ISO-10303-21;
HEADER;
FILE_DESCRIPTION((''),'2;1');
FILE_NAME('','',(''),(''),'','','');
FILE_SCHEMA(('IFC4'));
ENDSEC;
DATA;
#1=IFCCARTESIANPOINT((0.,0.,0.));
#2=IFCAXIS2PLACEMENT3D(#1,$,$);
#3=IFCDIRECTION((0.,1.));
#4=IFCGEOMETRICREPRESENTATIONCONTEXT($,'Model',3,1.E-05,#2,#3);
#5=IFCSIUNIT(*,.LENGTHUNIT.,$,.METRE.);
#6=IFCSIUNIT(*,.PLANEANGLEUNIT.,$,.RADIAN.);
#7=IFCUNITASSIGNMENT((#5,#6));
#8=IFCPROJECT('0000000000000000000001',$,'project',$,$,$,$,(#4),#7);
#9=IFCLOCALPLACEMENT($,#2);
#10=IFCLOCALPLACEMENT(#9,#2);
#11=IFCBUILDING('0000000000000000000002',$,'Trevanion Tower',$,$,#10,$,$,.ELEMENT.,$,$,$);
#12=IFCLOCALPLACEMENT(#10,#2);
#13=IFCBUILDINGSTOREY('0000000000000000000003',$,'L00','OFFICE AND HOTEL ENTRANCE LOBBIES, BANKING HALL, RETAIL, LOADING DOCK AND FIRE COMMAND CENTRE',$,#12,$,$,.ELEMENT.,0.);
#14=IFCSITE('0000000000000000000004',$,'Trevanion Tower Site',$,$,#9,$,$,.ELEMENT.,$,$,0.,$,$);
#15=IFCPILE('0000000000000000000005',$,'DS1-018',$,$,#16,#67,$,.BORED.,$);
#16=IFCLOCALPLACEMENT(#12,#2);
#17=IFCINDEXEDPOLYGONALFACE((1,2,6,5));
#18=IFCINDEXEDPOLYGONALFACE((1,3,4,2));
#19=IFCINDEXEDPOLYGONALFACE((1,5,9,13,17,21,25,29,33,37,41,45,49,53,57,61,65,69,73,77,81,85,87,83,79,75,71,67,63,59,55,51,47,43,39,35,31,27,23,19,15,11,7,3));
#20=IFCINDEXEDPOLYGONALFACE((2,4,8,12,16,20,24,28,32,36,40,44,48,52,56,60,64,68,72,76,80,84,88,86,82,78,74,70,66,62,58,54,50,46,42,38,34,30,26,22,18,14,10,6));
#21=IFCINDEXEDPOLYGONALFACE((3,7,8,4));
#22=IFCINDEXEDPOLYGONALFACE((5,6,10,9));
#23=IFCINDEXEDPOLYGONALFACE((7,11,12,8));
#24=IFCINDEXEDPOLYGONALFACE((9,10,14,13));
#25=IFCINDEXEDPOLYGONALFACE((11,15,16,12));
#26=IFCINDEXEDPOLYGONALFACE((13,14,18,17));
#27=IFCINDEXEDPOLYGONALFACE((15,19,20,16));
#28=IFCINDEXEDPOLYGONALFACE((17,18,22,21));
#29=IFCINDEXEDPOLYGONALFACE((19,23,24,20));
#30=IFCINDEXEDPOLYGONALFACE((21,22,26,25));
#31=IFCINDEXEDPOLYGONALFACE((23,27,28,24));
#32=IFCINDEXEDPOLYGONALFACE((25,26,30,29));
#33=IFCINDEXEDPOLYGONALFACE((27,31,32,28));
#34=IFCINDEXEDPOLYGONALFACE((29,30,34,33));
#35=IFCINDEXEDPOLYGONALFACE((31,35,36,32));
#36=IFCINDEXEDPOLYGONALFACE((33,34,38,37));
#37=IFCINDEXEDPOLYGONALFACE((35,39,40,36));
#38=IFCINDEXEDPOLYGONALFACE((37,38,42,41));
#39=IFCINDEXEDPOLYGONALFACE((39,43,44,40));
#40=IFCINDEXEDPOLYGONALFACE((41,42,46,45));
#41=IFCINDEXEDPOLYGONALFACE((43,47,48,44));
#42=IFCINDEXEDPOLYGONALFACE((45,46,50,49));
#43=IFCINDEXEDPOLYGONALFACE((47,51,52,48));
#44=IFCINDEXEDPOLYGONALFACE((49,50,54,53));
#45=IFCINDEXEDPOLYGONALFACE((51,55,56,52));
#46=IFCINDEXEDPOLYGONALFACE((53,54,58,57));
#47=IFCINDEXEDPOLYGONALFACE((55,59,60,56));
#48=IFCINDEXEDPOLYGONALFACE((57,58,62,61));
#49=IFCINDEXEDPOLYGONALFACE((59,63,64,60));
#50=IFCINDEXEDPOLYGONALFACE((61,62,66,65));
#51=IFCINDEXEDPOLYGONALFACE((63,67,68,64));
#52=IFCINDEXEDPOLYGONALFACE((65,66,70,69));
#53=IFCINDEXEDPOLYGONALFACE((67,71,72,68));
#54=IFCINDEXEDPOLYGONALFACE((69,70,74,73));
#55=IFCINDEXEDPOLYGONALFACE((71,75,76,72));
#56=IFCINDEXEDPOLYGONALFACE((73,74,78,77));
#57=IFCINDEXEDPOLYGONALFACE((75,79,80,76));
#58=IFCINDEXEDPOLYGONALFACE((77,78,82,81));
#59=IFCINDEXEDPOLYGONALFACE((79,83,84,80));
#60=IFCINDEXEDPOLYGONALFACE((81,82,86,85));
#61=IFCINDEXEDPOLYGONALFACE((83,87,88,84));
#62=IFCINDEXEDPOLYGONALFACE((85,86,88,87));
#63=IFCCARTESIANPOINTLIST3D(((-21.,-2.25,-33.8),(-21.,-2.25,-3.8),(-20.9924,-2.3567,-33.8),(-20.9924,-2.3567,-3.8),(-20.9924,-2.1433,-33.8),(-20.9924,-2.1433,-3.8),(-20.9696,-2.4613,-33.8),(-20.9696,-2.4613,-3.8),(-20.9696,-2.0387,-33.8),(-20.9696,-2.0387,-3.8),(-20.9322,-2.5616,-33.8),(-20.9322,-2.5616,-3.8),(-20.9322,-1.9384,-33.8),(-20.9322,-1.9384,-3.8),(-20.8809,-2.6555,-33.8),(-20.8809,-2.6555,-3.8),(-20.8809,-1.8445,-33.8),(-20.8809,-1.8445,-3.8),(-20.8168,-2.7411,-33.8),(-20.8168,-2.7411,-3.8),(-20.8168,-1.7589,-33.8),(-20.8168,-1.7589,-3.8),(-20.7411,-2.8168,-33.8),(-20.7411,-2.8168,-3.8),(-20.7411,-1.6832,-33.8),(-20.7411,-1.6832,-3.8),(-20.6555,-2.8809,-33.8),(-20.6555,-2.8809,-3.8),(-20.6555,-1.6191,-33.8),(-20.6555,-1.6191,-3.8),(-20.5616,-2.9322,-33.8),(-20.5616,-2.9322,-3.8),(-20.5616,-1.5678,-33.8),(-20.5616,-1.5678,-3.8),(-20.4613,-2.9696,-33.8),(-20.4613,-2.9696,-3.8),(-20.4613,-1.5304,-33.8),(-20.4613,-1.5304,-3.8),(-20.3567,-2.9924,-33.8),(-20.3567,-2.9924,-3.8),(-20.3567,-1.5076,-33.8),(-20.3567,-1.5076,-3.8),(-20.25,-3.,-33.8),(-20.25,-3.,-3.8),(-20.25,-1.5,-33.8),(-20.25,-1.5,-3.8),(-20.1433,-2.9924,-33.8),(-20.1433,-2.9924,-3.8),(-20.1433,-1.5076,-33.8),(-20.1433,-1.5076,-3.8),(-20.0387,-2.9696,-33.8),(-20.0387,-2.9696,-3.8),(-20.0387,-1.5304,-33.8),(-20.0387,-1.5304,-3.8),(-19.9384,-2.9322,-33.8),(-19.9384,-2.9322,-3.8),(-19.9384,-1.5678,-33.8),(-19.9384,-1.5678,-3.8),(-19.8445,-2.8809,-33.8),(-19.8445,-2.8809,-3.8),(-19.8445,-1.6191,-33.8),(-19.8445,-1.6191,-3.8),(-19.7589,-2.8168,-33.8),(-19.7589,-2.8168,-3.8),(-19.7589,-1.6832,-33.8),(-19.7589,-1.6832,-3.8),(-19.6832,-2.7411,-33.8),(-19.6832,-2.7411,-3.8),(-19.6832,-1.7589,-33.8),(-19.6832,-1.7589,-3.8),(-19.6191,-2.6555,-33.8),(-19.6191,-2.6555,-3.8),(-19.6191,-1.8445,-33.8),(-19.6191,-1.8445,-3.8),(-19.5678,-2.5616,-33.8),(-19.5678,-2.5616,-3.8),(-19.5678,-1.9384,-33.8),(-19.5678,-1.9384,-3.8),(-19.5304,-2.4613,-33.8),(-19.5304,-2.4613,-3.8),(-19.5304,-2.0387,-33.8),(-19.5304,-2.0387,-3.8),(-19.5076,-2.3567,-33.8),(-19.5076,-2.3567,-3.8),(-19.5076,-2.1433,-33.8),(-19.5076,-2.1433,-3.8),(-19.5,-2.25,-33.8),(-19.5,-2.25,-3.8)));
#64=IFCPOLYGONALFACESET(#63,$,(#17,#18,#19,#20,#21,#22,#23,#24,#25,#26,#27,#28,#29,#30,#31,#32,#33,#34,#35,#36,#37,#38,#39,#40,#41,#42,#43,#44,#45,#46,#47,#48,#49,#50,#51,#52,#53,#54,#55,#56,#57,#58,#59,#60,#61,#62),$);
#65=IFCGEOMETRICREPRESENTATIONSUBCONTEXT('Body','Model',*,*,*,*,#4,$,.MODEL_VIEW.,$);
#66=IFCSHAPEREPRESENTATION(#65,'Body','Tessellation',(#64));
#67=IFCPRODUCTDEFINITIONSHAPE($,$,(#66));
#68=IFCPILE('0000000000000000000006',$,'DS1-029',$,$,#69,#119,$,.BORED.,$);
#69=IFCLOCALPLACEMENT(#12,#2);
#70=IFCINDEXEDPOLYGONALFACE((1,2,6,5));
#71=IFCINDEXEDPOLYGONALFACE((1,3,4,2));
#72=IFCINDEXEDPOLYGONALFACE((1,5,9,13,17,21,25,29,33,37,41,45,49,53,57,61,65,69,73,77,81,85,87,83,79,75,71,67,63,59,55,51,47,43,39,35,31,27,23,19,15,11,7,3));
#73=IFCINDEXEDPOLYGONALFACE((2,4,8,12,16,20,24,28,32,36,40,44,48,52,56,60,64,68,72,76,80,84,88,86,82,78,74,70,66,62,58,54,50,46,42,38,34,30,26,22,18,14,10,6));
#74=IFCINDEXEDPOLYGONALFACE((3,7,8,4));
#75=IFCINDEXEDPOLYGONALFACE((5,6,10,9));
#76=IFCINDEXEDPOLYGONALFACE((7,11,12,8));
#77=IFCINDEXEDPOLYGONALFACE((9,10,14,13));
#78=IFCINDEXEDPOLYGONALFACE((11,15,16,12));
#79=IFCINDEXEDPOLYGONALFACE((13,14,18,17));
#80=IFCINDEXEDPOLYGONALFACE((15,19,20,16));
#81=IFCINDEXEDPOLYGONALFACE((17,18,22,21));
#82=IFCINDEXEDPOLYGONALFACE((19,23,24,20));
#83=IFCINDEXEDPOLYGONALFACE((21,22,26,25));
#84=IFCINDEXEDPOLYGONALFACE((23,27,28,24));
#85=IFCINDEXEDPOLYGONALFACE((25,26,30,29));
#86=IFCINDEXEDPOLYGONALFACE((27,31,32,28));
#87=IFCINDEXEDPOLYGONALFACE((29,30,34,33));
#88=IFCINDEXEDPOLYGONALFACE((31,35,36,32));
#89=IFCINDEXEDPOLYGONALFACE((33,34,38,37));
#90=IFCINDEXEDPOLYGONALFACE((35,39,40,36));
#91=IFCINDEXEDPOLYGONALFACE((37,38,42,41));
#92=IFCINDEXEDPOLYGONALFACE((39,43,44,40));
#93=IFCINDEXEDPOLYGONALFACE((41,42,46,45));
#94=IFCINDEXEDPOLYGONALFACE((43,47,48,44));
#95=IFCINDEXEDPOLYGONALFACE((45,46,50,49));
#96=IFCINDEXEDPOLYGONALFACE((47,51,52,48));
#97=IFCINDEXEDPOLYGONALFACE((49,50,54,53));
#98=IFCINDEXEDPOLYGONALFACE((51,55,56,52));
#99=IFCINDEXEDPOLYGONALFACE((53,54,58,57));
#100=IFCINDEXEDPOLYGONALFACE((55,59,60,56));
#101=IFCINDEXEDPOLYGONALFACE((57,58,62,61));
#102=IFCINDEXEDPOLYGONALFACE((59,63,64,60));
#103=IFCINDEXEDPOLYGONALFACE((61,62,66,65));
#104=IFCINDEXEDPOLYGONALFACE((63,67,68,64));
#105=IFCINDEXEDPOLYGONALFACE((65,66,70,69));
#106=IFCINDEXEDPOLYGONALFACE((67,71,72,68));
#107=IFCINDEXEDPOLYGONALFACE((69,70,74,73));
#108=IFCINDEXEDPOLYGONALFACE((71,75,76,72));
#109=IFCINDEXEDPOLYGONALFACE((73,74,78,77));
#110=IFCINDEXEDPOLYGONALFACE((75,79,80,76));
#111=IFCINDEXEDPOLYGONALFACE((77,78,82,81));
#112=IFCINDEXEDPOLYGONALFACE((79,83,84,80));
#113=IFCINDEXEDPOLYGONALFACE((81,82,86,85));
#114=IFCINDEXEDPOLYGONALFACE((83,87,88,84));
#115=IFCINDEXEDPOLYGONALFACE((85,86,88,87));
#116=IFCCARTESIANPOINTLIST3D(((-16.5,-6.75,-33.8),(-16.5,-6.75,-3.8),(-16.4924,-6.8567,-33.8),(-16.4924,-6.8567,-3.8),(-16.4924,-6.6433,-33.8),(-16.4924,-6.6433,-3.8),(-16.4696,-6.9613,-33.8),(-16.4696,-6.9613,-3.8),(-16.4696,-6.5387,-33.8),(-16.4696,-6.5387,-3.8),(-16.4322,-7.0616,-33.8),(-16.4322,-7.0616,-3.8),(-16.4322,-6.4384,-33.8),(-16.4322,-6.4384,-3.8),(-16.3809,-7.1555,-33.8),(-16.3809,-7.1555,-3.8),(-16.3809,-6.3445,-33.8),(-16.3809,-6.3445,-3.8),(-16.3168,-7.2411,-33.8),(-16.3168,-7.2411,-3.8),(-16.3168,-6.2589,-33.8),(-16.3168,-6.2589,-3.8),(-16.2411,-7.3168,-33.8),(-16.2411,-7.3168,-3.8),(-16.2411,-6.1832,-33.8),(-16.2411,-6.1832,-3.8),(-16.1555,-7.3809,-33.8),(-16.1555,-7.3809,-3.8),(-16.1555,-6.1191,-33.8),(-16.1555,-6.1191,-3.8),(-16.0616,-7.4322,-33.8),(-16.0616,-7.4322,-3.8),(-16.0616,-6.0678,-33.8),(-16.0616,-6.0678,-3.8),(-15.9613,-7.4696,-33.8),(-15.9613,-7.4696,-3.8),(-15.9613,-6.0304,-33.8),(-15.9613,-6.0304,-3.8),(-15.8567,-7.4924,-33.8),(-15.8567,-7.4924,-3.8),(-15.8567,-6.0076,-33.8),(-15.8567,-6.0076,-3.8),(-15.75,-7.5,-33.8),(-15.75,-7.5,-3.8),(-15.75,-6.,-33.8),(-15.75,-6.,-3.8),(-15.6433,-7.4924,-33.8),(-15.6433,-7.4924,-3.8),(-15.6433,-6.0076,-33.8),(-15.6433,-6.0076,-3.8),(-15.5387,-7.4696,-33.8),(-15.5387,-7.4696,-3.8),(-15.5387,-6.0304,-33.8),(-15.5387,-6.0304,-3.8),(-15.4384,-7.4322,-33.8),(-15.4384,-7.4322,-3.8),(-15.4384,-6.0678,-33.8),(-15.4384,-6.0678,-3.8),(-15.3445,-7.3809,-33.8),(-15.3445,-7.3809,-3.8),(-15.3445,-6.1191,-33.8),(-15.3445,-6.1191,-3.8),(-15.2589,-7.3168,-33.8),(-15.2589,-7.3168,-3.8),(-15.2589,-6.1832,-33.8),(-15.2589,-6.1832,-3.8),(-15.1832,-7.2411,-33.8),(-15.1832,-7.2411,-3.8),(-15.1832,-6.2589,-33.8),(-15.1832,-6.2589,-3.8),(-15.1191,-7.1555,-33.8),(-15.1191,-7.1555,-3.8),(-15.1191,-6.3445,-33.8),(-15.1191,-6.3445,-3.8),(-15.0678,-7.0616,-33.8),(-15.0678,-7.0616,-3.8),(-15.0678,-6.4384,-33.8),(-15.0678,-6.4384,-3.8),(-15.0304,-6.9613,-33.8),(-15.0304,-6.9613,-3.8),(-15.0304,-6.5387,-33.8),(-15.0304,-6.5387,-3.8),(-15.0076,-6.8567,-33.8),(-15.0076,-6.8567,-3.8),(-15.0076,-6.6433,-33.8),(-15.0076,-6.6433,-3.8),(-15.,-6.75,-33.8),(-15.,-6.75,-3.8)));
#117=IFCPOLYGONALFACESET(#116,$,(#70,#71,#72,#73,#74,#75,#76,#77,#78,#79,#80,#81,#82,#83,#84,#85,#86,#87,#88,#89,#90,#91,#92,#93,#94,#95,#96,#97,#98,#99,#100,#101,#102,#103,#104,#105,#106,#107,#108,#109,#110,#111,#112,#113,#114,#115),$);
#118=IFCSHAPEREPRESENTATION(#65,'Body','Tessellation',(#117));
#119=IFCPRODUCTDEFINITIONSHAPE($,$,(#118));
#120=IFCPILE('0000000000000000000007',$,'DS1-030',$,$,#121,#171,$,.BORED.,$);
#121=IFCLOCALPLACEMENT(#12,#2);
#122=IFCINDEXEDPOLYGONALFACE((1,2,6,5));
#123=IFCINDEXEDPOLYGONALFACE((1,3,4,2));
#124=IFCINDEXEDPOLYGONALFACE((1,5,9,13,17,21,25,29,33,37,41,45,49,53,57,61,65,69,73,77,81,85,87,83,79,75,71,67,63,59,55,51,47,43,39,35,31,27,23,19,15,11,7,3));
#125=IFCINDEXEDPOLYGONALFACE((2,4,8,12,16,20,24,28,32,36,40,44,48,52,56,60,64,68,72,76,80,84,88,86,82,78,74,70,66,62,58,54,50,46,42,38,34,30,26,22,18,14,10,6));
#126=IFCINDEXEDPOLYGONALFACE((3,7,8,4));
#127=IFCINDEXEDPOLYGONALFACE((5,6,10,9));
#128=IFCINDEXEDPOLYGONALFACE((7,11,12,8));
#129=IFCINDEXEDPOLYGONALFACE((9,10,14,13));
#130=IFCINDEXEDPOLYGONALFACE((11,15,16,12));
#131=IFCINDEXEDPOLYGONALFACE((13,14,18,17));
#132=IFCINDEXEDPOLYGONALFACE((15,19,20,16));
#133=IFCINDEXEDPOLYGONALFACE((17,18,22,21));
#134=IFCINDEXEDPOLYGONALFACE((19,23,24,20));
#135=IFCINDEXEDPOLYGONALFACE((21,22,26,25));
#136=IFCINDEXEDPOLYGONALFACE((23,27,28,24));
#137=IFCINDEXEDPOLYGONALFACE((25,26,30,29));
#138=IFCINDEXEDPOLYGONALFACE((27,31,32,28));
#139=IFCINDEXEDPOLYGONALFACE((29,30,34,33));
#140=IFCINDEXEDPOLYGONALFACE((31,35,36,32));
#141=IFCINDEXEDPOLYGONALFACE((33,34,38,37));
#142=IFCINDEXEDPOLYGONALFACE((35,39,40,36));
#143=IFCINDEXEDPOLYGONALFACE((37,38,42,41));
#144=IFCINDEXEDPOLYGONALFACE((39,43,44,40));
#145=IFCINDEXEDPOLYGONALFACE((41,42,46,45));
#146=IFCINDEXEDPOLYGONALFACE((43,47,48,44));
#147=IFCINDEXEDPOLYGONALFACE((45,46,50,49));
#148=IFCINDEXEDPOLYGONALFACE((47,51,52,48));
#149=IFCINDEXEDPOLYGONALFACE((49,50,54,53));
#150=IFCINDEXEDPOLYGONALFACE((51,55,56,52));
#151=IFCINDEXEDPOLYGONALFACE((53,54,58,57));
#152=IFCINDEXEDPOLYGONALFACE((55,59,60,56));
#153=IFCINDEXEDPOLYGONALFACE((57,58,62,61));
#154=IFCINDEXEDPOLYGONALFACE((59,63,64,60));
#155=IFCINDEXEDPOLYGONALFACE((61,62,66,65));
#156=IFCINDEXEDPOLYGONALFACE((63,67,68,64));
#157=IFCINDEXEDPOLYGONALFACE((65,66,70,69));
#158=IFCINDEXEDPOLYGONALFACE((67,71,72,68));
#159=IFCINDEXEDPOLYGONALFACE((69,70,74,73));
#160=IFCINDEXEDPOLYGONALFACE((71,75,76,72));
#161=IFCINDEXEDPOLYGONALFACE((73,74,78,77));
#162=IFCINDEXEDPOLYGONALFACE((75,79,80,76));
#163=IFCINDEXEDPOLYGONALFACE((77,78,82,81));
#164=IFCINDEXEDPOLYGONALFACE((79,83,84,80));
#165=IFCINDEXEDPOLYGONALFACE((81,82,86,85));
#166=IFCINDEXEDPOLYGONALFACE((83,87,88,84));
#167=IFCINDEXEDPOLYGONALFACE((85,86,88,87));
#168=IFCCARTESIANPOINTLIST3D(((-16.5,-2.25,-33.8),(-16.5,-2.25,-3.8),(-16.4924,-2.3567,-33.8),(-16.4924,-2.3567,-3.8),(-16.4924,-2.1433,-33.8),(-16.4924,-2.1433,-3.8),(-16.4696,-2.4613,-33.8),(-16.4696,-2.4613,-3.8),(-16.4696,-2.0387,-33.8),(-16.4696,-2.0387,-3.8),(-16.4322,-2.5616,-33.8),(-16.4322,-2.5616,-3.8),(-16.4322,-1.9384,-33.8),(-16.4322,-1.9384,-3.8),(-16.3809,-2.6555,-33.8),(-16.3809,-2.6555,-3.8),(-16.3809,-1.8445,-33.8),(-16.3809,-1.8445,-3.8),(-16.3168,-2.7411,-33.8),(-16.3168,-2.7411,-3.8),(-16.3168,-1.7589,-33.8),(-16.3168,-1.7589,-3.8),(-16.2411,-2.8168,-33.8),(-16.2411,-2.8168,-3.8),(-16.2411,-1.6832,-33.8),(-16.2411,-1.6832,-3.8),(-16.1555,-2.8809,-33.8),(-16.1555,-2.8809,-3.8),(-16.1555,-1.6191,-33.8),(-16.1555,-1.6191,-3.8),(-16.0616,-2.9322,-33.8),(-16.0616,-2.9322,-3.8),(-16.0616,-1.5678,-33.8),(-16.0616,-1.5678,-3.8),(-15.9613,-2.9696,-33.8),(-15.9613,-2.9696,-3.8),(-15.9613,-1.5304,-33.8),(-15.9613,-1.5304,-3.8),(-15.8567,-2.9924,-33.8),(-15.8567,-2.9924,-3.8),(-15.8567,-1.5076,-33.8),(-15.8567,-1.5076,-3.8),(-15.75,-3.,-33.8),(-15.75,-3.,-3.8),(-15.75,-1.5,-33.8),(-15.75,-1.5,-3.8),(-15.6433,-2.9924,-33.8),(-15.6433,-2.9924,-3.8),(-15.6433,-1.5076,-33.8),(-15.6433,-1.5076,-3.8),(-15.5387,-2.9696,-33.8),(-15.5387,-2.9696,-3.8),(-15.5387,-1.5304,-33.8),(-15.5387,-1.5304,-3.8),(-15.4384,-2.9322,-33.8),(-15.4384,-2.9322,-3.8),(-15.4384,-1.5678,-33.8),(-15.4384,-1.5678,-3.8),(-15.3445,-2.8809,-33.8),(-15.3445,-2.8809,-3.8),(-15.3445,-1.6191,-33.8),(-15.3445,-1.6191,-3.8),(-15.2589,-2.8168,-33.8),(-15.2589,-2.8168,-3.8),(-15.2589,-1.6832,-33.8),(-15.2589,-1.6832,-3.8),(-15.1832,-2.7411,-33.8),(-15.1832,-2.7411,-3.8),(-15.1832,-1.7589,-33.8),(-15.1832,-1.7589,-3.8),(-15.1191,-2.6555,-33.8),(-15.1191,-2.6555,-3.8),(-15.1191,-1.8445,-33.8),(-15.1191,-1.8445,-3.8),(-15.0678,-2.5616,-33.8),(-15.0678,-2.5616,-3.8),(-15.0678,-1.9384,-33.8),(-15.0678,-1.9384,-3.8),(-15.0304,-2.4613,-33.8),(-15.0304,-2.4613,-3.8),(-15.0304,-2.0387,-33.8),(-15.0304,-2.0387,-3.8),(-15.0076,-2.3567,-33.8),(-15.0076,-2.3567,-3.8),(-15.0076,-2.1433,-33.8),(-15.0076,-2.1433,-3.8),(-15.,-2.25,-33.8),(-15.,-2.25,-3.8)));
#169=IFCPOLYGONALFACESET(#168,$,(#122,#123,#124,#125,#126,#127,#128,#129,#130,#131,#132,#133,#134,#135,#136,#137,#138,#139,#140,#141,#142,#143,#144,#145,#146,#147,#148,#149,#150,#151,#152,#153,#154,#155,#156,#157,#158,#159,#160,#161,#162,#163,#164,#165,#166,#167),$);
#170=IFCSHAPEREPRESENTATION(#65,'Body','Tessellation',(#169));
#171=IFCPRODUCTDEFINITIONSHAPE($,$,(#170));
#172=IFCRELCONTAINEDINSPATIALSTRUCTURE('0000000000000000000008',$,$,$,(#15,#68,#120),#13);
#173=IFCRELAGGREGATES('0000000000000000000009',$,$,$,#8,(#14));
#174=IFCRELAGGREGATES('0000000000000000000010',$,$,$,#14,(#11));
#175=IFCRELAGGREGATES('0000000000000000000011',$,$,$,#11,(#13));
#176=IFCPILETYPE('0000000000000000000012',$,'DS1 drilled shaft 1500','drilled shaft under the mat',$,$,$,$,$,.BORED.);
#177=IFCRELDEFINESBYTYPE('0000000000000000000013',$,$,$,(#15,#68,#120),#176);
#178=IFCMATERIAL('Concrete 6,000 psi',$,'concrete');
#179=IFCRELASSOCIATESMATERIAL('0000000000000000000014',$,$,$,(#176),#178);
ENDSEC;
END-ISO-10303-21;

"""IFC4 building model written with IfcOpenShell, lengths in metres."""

from ifc_helpers import new_model, si_unit, direction, frame, origin, origin_2d, place, context, subcontext, project, spatial, circle, extrude, material, material_profile, profile_set, type_object, element, save


model = new_model("IFC4")

# Units and contexts
model_context = context("Model", 3, precision=1e-05, world=origin(), true_north=direction((0.0, 1.0)))
body_context = subcontext(model_context, "Body", "Model", "MODEL_VIEW")
ifc_project = project(units=[si_unit("LENGTHUNIT", "METRE"), si_unit("PLANEANGLEUNIT", "RADIAN")], contexts=[model_context])

# Site, building, storey
site_placement = place(None, origin())
site = spatial("IfcSite", under=ifc_project, at=site_placement, Name="Trevanion Tower Site", CompositionType="ELEMENT", RefElevation=0.0)
building_placement = place(site_placement, origin())
building = spatial("IfcBuilding", under=site, at=building_placement, Name="Trevanion Tower", CompositionType="ELEMENT")
storey_placement = place(building_placement, origin())
storey = spatial("IfcBuildingStorey", under=building, at=storey_placement, Name="L00", Description="OFFICE AND HOTEL ENTRANCE LOBBIES, BANKING HALL, RETAIL, LOADING DOCK AND FIRE COMMAND CENTRE", CompositionType="ELEMENT", Elevation=0.0)

# Piles
ifc_material_1 = material(Name="Concrete 6,000 psi", Category="concrete")
ifc_material_profile = material_profile(ifc_material_1, circle(Radius=0.75, at=origin_2d()), Name="DS1 drilled shaft 1500")
ifc_profile_set = profile_set([ifc_material_profile], Name="Concrete 6,000 psi")
pile_type = type_object("IfcPileType", Name="DS1 drilled shaft 1500", Description="drilled shaft under the mat", PredefinedType="BORED", material=ifc_profile_set)
for number, where, z_axis, x_axis, name in (
    (1, (-20.25, -2.25, -3.8), (0.0, 0.0, -1.0), (1.0, 0.0, 0.0), "DS1-018"),
    (2, (-15.75, -6.75, -3.8), (0.0, 0.0, -1.0), (1.0, 0.0, 0.0), "DS1-029"),
    (3, (-15.75, -2.25, -3.8), (0.0, 0.0, -1.0), (1.0, 0.0, 0.0), "DS1-030"),
):
    element("IfcPile", number, at=place(storey_placement, frame(where, z_axis=z_axis, x_axis=x_axis)), inside=storey, type_object=pile_type, Name=name, PredefinedType="BORED", context=body_context, shape_type="SweptSolid", body=[
        extrude(circle(Radius=0.75, at=origin_2d()), origin(), (0.0, 0.0, 1.0), 30.0),
    ])

save(model, "model.ifc")
